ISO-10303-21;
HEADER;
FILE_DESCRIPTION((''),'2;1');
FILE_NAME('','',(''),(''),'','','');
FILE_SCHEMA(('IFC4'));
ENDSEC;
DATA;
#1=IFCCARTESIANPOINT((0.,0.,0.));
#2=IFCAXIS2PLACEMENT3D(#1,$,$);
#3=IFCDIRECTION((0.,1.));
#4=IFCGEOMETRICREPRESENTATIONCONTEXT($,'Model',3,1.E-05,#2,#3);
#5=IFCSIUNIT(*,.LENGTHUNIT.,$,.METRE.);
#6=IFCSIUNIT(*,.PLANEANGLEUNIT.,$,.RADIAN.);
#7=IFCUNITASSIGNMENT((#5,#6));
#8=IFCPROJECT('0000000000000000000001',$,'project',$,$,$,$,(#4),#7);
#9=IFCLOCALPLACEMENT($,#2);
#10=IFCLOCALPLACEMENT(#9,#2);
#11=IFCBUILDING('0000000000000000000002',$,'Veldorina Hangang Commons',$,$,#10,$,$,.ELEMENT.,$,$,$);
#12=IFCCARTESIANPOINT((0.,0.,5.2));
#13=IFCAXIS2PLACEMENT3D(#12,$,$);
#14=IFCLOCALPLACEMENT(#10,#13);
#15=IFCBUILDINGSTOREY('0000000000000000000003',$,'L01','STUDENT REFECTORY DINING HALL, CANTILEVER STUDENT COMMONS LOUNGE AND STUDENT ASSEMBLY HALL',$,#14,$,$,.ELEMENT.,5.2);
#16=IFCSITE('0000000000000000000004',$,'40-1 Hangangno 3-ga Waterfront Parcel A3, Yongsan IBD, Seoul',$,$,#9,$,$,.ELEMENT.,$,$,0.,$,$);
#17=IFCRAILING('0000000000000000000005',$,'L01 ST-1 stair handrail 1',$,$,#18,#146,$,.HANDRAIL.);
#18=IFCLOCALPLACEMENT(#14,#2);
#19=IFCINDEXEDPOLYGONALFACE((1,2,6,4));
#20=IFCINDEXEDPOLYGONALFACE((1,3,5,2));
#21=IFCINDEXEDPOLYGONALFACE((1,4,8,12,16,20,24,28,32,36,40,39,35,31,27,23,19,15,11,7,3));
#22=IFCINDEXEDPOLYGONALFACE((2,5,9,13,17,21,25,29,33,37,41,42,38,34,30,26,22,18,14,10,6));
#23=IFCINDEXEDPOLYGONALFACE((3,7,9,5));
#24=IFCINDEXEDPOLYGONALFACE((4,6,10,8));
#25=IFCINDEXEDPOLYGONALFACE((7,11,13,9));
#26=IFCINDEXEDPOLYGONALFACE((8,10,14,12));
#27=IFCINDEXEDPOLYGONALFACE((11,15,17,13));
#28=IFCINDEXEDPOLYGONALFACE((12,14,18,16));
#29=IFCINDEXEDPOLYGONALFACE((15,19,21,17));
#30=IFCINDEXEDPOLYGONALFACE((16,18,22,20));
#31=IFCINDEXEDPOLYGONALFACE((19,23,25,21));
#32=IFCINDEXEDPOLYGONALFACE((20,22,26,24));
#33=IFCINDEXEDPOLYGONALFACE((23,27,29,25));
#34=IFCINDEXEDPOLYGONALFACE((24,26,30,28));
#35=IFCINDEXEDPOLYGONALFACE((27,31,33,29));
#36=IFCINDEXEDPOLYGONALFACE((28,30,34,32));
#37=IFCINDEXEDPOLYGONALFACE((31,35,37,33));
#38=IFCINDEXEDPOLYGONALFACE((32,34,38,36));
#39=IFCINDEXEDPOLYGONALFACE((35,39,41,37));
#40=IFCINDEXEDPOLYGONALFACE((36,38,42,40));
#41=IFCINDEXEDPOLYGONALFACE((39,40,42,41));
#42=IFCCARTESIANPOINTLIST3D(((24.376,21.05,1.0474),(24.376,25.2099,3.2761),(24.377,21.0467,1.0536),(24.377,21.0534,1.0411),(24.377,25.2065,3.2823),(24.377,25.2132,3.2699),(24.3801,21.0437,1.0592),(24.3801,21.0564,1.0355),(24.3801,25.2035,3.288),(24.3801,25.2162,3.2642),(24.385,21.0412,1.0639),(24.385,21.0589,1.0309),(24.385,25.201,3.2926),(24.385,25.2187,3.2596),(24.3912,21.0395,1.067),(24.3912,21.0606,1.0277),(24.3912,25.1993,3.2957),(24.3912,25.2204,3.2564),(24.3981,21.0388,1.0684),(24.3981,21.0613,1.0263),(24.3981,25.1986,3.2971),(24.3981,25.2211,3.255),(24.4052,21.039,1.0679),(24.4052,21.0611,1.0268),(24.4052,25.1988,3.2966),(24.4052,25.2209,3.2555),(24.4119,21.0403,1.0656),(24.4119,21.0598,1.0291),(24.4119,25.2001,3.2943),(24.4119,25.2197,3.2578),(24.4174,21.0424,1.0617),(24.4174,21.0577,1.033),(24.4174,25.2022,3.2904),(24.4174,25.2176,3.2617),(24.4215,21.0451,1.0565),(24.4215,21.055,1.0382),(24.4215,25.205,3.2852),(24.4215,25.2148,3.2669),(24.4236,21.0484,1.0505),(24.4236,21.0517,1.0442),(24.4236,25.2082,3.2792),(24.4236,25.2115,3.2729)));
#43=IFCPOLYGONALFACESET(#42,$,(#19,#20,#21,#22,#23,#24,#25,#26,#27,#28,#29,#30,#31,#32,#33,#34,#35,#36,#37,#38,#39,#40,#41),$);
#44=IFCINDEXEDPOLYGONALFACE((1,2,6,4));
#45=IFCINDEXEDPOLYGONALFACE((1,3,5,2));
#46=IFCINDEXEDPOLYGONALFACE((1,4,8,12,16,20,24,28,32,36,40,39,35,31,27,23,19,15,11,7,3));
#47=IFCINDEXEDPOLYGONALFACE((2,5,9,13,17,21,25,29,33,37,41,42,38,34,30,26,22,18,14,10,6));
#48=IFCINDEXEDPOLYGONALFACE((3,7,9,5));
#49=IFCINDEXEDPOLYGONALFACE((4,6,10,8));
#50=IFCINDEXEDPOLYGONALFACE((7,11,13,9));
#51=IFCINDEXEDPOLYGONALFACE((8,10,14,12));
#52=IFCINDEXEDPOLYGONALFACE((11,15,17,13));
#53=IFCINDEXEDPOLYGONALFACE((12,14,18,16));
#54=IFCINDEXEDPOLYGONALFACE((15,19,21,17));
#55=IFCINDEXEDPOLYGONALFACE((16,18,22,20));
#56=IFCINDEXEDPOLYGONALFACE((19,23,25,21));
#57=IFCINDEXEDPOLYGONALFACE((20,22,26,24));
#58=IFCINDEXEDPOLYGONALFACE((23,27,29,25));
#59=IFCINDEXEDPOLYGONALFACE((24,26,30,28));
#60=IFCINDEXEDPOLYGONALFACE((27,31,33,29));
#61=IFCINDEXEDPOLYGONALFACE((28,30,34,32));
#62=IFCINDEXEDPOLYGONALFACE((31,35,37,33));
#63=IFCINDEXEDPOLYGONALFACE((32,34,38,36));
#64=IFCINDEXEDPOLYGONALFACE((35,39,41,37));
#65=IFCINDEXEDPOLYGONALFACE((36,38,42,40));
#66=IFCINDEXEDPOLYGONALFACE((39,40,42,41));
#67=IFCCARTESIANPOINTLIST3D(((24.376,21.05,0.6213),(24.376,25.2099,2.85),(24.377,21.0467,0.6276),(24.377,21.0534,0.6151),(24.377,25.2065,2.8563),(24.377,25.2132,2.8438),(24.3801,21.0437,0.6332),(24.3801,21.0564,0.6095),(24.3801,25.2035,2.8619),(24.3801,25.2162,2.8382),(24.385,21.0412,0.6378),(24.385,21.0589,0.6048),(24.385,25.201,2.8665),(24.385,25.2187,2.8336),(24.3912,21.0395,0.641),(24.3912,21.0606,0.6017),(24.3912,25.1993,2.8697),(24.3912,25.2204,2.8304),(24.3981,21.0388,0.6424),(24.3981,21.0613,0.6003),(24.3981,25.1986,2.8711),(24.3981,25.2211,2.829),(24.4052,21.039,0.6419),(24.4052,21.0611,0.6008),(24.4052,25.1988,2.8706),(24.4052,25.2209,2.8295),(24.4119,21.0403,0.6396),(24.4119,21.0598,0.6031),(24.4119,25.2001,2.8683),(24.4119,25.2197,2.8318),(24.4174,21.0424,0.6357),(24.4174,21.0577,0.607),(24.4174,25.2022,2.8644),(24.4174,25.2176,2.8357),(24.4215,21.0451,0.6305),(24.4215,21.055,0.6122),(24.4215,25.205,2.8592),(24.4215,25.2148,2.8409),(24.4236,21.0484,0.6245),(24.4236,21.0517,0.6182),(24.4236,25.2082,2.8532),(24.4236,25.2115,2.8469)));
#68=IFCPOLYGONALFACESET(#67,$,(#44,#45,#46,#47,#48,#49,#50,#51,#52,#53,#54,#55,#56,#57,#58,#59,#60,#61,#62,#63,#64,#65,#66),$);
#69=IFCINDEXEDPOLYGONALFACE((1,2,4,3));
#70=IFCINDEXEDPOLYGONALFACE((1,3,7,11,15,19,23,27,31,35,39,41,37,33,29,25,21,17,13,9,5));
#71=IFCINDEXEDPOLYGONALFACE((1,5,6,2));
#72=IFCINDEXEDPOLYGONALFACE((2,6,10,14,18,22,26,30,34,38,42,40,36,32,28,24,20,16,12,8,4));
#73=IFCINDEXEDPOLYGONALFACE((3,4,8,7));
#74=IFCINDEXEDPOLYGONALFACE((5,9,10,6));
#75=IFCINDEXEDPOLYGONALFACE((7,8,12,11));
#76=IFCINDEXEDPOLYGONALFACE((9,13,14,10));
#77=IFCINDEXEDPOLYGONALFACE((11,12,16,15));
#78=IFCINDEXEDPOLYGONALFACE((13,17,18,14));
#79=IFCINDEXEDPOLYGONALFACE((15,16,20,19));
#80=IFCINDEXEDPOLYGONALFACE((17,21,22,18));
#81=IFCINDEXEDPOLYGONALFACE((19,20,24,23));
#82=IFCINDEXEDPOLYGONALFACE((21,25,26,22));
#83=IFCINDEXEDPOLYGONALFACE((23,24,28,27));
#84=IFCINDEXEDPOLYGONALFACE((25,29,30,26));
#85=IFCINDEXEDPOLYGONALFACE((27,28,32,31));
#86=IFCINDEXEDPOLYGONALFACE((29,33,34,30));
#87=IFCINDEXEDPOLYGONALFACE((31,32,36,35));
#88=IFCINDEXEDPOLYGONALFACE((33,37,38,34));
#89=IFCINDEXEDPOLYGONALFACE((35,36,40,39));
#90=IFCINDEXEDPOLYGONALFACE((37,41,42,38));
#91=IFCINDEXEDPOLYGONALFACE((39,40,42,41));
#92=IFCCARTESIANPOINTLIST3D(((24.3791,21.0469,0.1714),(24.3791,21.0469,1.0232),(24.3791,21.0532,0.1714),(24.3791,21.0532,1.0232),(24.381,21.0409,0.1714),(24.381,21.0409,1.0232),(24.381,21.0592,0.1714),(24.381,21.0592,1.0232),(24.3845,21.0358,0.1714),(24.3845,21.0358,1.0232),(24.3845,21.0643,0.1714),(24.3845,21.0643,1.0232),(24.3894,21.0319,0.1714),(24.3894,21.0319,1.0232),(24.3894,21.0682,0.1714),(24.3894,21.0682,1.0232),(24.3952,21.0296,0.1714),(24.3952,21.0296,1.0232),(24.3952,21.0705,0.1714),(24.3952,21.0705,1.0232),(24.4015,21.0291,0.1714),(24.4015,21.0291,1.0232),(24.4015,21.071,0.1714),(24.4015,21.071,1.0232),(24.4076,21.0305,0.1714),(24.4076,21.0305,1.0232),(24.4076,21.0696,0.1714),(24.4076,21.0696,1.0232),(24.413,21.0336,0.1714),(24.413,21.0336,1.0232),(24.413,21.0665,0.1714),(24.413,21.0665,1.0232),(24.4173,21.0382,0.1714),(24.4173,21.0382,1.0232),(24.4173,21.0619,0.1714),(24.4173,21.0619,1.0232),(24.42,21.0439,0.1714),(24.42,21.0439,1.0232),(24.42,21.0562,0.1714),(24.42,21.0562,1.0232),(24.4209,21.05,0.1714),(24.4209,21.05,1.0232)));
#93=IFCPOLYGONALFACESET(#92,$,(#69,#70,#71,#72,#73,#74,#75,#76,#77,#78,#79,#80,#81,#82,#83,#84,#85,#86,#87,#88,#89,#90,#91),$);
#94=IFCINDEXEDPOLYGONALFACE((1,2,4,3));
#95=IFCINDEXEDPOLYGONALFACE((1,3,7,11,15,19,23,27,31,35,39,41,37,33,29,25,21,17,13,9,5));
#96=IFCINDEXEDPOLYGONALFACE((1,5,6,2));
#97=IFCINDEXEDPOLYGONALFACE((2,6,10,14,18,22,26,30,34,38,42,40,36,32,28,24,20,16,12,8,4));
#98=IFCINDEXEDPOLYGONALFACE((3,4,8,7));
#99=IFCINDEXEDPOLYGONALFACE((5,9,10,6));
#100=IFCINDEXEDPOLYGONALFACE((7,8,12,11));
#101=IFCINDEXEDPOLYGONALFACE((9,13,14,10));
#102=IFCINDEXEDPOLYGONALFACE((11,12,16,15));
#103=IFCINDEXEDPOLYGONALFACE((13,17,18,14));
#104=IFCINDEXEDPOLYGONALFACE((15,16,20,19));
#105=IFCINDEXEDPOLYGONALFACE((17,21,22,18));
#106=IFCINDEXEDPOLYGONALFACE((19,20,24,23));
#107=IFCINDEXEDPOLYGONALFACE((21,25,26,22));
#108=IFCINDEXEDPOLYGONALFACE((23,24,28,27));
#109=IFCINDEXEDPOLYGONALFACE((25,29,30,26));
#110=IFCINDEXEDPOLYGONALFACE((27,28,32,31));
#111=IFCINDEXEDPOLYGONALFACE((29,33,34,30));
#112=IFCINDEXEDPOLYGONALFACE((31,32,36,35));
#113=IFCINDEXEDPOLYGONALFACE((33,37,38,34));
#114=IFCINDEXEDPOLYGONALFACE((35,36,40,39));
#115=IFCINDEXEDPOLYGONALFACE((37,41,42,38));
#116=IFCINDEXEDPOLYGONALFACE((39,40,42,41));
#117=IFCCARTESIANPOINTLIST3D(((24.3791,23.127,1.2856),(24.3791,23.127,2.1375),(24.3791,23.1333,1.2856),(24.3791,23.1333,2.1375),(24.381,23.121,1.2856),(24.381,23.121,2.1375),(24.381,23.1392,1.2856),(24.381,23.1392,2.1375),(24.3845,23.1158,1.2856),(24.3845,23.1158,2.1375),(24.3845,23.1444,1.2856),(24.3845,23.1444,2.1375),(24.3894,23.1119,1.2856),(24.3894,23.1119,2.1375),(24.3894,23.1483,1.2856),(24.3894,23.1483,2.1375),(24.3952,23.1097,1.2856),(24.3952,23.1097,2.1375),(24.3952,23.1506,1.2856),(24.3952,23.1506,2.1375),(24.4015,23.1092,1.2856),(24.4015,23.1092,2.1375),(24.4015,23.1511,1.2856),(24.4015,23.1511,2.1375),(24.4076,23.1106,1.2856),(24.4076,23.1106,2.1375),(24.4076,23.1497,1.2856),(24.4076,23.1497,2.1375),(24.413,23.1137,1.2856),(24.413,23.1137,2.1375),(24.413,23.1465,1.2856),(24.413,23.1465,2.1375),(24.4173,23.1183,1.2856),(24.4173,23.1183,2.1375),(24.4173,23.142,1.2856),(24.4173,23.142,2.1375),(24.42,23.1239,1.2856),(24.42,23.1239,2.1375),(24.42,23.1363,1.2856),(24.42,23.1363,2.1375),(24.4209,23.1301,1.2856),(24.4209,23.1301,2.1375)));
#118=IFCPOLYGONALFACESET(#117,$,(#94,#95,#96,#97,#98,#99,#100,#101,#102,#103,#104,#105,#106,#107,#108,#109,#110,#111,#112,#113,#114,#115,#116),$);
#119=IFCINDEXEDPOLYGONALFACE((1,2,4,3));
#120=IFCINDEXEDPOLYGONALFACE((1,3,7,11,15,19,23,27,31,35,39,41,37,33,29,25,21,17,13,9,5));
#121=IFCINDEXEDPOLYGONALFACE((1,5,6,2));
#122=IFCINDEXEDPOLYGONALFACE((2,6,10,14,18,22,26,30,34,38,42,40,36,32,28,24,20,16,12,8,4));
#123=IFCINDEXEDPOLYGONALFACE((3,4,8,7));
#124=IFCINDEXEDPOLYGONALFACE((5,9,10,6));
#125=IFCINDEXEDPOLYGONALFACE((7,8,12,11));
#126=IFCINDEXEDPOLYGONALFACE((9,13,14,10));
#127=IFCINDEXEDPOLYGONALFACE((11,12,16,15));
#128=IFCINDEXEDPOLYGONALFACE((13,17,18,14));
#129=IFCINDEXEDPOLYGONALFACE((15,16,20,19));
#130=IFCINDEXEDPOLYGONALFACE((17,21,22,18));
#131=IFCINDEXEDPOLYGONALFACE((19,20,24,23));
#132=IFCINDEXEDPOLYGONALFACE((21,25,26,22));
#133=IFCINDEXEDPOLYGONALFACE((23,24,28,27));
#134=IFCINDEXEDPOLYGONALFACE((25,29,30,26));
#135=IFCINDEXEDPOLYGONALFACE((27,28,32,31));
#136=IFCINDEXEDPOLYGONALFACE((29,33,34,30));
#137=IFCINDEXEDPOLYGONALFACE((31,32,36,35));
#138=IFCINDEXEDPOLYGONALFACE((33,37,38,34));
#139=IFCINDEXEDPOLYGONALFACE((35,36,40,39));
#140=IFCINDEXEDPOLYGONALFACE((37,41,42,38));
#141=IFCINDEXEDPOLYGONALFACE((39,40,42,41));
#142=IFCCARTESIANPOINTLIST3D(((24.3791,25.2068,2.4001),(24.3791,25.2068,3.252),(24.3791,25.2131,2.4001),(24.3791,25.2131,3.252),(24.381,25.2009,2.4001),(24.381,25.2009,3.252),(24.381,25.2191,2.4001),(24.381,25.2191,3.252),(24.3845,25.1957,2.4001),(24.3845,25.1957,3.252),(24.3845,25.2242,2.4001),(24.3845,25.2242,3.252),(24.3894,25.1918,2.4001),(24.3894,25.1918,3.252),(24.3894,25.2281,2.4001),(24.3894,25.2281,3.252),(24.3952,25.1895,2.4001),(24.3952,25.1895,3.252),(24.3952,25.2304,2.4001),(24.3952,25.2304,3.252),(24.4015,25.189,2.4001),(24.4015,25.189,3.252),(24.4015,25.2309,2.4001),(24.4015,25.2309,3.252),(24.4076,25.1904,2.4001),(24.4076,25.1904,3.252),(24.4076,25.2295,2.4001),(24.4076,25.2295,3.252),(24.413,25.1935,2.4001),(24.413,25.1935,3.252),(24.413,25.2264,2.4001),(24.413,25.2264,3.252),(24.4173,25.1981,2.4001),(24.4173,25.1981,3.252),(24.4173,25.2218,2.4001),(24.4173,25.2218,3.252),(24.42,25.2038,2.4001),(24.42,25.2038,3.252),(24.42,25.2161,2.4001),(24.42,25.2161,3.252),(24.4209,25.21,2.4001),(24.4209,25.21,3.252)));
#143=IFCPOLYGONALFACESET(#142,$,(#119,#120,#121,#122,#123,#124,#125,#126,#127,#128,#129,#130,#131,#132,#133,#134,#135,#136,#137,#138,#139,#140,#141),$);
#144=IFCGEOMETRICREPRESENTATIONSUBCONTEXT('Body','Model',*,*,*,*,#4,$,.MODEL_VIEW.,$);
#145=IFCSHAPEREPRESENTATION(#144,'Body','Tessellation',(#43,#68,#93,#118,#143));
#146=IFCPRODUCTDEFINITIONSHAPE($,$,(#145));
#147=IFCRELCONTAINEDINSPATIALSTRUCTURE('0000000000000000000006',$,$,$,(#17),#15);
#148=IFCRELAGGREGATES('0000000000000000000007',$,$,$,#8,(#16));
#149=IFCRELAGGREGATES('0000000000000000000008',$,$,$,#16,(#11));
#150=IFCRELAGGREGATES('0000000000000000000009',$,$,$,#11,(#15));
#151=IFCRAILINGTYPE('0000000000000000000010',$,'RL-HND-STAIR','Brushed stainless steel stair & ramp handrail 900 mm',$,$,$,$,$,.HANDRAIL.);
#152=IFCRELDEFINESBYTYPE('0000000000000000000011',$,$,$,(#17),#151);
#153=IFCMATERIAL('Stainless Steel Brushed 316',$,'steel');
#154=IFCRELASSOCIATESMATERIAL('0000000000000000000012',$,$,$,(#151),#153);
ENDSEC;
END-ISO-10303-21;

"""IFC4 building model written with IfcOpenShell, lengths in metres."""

from ifc_helpers import new_model, si_unit, direction, frame, origin, origin_2d, place, context, subcontext, project, spatial, circle, extrude, material, type_object, element, save


model = new_model("IFC4")

# Units and contexts
model_context = context("Model", 3, precision=1e-05, world=origin(), true_north=direction((0.0, 1.0)))
body_context = subcontext(model_context, "Body", "Model", "MODEL_VIEW")
ifc_project = project(units=[si_unit("LENGTHUNIT", "METRE"), si_unit("PLANEANGLEUNIT", "RADIAN")], contexts=[model_context])

# Site, building, storey
site_placement = place(None, origin())
site = spatial("IfcSite", under=ifc_project, at=site_placement, Name="40-1 Hangangno 3-ga Waterfront Parcel A3, Yongsan IBD, Seoul", CompositionType="ELEMENT", RefElevation=0.0)
building_placement = place(site_placement, origin())
building = spatial("IfcBuilding", under=site, at=building_placement, Name="Veldorina Hangang Commons", CompositionType="ELEMENT")
storey_placement = place(building_placement, frame((0.0, 0.0, 5.2)))
storey = spatial("IfcBuildingStorey", under=building, at=storey_placement, Name="L01", Description="STUDENT REFECTORY DINING HALL, CANTILEVER STUDENT COMMONS LOUNGE AND STUDENT ASSEMBLY HALL", CompositionType="ELEMENT", Elevation=5.2)

# Railing
ifc_material_1 = material(Name="Stainless Steel Brushed 316", Category="steel")
railing_type_1 = type_object("IfcRailingType", Name="RL-HND-STAIR", Description="Brushed stainless steel stair & ramp handrail 900 mm", PredefinedType="HANDRAIL", material=ifc_material_1)
railing_1_placement = place(storey_placement, frame((24.3999, 21.05, 0.1714)))
element("IfcRailing", 1, at=railing_1_placement, inside=storey, type_object=railing_type_1, Name="L01 ST-1 stair handrail 1", PredefinedType="HANDRAIL", context=body_context, shape_type="SweptSolid", body=[
    extrude(circle(Radius=0.0239, at=origin_2d()), frame((0.0, 0.0, 0.876), z_axis=(0.0, 0.881459, 0.47226), x_axis=(-1.0, 0.0, 0.0)), (0.0, 0.0, 1.0), 4.7192),
    extrude(circle(Radius=0.0239, at=origin_2d()), frame((0.0, 0.0, 0.45), z_axis=(0.0, 0.881459, 0.47226), x_axis=(-1.0, 0.0, 0.0)), (0.0, 0.0, 1.0), 4.7192),
    extrude(circle(Radius=0.021, at=origin_2d()), origin(), (0.0, 0.0, 1.0), 0.8518),
    extrude(circle(Radius=0.021, at=origin_2d()), frame((0.0, 2.0801, 1.1143)), (0.0, 0.0, 1.0), 0.8518),
    extrude(circle(Radius=0.021, at=origin_2d()), frame((0.0, 4.1599, 2.2288)), (0.0, 0.0, 1.0), 0.8518),
])

save(model, "model.ifc")
